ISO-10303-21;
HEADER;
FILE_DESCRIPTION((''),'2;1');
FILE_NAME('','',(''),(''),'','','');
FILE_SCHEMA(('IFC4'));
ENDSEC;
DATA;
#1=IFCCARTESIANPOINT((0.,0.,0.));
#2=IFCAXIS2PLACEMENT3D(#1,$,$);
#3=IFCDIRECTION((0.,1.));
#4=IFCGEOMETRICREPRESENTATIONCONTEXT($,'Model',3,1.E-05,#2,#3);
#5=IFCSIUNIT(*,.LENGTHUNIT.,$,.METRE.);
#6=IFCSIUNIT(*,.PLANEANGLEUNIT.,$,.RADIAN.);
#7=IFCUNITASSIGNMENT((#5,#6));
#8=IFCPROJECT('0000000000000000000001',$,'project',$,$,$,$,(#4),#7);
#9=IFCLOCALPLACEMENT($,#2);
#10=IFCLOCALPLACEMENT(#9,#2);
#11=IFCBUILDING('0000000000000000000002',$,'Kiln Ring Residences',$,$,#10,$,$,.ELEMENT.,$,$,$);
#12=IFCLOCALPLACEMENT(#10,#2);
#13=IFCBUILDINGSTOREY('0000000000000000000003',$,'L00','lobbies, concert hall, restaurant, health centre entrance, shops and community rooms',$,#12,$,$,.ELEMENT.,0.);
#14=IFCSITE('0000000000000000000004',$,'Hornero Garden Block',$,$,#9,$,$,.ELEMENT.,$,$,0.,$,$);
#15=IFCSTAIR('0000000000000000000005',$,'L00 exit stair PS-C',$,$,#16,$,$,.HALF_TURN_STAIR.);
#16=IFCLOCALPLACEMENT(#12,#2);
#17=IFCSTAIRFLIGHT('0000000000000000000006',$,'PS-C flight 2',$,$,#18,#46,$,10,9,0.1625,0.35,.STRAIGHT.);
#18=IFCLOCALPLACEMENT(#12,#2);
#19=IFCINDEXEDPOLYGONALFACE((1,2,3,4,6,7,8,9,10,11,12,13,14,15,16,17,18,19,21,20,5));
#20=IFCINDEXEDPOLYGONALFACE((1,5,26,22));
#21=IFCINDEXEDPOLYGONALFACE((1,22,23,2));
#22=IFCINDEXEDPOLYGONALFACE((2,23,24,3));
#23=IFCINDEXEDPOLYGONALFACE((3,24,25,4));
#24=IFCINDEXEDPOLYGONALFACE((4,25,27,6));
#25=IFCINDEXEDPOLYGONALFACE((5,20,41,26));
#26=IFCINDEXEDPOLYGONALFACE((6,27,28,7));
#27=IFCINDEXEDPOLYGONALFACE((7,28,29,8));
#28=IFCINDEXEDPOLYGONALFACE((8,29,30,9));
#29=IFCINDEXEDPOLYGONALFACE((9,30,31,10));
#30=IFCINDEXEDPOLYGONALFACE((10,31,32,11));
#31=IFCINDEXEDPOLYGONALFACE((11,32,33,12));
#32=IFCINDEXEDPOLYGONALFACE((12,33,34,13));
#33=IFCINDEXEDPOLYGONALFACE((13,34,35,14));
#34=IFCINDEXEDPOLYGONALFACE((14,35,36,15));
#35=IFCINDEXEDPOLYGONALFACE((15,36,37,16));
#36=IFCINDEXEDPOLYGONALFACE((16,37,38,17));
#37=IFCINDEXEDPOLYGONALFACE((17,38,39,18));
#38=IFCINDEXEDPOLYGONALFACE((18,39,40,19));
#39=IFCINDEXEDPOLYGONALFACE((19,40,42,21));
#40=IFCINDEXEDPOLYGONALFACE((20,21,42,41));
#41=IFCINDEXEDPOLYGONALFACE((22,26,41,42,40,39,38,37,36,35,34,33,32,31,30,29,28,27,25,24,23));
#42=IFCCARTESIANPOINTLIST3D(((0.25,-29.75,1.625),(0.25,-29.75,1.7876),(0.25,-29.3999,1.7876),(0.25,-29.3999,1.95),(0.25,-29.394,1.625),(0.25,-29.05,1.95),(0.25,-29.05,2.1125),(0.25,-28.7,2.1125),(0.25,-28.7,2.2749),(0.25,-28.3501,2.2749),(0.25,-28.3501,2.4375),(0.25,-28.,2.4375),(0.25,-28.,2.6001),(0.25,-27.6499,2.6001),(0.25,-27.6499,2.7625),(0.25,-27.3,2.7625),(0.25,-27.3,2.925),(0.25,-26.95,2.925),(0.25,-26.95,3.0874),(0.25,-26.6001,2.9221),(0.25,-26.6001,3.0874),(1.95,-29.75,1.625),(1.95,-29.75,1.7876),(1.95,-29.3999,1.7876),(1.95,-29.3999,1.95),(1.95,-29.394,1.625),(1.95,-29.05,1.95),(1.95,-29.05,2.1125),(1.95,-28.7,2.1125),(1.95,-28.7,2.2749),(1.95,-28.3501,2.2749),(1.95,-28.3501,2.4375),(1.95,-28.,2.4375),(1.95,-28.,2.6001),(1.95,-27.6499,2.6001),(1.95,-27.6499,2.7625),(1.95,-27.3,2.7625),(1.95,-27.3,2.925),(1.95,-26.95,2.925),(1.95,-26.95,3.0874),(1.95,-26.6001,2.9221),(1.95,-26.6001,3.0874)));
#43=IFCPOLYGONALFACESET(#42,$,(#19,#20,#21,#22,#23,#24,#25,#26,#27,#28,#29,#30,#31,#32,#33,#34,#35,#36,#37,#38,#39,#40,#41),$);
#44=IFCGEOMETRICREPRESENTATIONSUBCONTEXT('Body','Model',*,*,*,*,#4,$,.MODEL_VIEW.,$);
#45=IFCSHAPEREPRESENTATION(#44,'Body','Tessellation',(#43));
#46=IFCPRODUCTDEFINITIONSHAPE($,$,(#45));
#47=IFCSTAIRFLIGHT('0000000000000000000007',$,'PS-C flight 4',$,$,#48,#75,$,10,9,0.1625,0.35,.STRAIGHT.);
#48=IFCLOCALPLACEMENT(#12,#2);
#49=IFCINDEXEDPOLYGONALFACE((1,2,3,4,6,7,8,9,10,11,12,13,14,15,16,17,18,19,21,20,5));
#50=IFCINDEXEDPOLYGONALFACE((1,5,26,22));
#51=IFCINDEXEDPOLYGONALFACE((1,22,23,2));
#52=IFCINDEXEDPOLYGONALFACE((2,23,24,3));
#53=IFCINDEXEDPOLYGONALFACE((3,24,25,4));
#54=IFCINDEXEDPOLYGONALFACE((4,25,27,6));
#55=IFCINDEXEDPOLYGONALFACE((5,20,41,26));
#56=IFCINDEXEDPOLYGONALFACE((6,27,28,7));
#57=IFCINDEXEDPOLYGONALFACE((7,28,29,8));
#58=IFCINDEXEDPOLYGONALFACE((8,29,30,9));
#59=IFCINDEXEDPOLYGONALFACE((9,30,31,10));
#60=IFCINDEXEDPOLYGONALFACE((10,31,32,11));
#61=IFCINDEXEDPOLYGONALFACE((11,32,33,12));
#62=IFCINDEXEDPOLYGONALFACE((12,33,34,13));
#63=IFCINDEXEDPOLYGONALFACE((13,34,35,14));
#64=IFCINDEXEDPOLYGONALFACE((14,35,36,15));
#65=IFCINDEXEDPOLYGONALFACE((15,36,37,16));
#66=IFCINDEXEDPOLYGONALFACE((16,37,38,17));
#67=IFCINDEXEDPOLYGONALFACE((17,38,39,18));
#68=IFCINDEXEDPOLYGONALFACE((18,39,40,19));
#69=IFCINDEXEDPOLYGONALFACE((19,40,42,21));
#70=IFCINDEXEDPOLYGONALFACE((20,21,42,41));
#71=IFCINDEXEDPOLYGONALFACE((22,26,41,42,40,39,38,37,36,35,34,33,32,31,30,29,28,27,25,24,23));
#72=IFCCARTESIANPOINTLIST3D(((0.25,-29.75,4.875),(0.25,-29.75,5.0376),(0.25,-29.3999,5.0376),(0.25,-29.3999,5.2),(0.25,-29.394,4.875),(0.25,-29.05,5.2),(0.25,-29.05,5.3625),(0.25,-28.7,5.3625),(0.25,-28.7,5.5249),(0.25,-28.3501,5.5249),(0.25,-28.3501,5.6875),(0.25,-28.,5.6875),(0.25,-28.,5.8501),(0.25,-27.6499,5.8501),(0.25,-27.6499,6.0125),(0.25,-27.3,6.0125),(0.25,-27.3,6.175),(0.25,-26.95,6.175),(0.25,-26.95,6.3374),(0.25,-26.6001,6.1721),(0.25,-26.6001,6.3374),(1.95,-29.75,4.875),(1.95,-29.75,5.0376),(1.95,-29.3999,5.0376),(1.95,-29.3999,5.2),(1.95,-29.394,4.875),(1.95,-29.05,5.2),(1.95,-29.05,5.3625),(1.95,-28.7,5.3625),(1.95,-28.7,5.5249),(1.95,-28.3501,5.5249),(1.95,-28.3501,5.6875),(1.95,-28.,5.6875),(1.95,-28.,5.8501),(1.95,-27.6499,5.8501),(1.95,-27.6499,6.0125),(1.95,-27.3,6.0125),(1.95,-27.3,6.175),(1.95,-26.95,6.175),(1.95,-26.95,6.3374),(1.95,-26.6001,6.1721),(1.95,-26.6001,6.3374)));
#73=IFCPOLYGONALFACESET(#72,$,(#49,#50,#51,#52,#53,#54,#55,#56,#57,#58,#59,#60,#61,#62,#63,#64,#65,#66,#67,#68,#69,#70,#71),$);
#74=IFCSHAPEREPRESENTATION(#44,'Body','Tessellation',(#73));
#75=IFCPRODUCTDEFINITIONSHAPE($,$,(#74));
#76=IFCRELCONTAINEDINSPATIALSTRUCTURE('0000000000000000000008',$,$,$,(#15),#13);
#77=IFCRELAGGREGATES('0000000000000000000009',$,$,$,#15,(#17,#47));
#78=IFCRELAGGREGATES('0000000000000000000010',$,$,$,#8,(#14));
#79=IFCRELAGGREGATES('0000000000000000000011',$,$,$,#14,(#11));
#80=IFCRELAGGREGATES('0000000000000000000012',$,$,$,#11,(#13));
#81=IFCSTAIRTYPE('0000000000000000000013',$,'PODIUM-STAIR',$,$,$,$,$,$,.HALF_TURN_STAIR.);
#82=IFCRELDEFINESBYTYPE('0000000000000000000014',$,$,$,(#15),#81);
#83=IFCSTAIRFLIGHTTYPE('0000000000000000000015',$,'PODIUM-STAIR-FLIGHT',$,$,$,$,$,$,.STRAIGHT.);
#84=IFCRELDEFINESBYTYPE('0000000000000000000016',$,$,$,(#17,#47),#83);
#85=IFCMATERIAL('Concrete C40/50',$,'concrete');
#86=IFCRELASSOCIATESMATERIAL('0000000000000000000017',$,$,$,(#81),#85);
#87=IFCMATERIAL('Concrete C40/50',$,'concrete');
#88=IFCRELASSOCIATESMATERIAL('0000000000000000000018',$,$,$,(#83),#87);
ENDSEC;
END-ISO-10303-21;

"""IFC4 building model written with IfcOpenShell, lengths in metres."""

from ifc_helpers import new_model, si_unit, direction, frame, origin, place, context, subcontext, project, spatial, polyline, outline, extrude, material, type_object, element, aggregate, save


model = new_model("IFC4")

# Units and contexts
model_context = context("Model", 3, precision=1e-05, world=origin(), true_north=direction((0.0, 1.0)))
body_context = subcontext(model_context, "Body", "Model", "MODEL_VIEW")
ifc_project = project(units=[si_unit("LENGTHUNIT", "METRE"), si_unit("PLANEANGLEUNIT", "RADIAN")], contexts=[model_context])

# Site, building, storey
site_placement = place(None, origin())
site = spatial("IfcSite", under=ifc_project, at=site_placement, Name="Hornero Garden Block", CompositionType="ELEMENT", RefElevation=0.0)
building_placement = place(site_placement, origin())
building = spatial("IfcBuilding", under=site, at=building_placement, Name="Kiln Ring Residences", CompositionType="ELEMENT")
storey_placement = place(building_placement, origin())
storey = spatial("IfcBuildingStorey", under=building, at=storey_placement, Name="L00", Description="lobbies, concert hall, restaurant, health centre entrance, shops and community rooms", CompositionType="ELEMENT", Elevation=0.0)

# Shared definitions
placement = place(storey_placement, origin())

# Stair, stair flights
ifc_material_1 = material(Name="Concrete C40/50", Category="concrete")
stair_type = type_object("IfcStairType", Name="PODIUM-STAIR", PredefinedType="HALF_TURN_STAIR", material=ifc_material_1)
stair = element("IfcStair", 1, at=placement, inside=storey, type_object=stair_type, Name="L00 exit stair PS-C", PredefinedType="HALF_TURN_STAIR")
ifc_material_2 = material(Name="Concrete C40/50", Category="concrete")
stair_flight_type = type_object("IfcStairFlightType", Name="PODIUM-STAIR-FLIGHT", PredefinedType="STRAIGHT", material=ifc_material_2)
stair_flight_1_placement = place(storey_placement, frame((1.1001, -29.75, 1.625), z_axis=(0.0, 0.0, 1.0), x_axis=(0.0, 1.0, 0.0)))
stair_flight_1 = element("IfcStairFlight", 2, at=stair_flight_1_placement, type_object=stair_flight_type, Name="PS-C flight 2", NumberOfRisers=10, NumberOfTreads=9, PredefinedType="STRAIGHT", RiserHeight=0.1625, TreadLength=0.35, context=body_context, shape_type="SweptSolid", body=[
    extrude(outline(polyline([(0.0, 0.0), (0.0, 0.1626), (0.3501, 0.1626), (0.3501, 0.325), (0.7, 0.325), (0.7, 0.4875), (1.05, 0.4875), (1.05, 0.6499), (1.3999, 0.6499), (1.3999, 0.8125), (1.75, 0.8125), (1.75, 0.9751), (2.1001, 0.9751), (2.1001, 1.1375), (2.45, 1.1375), (2.45, 1.3), (2.8, 1.3), (2.8, 1.4624), (3.1499, 1.4624), (3.1499, 1.625), (3.1499, 1.2971), (0.356, 0.0), (0.0, 0.0)])), frame((0.0, 0.8501, 0.0), z_axis=(0.0, -1.0, 0.0), x_axis=(1.0, 0.0, 0.0)), (0.0, 0.0, 1.0), 1.7),
])
stair_flight_2_placement = place(storey_placement, frame((1.1001, -29.75, 4.875), z_axis=(0.0, 0.0, 1.0), x_axis=(0.0, 1.0, 0.0)))
stair_flight_2 = element("IfcStairFlight", 3, at=stair_flight_2_placement, type_object=stair_flight_type, Name="PS-C flight 4", NumberOfRisers=10, NumberOfTreads=9, PredefinedType="STRAIGHT", RiserHeight=0.1625, TreadLength=0.35, context=body_context, shape_type="SweptSolid", body=[
    extrude(outline(polyline([(0.0, 0.0), (0.0, 0.1626), (0.3501, 0.1626), (0.3501, 0.325), (0.7, 0.325), (0.7, 0.4875), (1.05, 0.4875), (1.05, 0.6499), (1.3999, 0.6499), (1.3999, 0.8125), (1.75, 0.8125), (1.75, 0.9751), (2.1001, 0.9751), (2.1001, 1.1375), (2.45, 1.1375), (2.45, 1.3), (2.8, 1.3), (2.8, 1.4624), (3.1499, 1.4624), (3.1499, 1.625), (3.1499, 1.2971), (0.356, 0.0), (0.0, 0.0)])), frame((0.0, 0.8501, 0.0), z_axis=(0.0, -1.0, 0.0), x_axis=(1.0, 0.0, 0.0)), (0.0, 0.0, 1.0), 1.7),
])
aggregate(stair, [stair_flight_1, stair_flight_2])

save(model, "model.ifc")
